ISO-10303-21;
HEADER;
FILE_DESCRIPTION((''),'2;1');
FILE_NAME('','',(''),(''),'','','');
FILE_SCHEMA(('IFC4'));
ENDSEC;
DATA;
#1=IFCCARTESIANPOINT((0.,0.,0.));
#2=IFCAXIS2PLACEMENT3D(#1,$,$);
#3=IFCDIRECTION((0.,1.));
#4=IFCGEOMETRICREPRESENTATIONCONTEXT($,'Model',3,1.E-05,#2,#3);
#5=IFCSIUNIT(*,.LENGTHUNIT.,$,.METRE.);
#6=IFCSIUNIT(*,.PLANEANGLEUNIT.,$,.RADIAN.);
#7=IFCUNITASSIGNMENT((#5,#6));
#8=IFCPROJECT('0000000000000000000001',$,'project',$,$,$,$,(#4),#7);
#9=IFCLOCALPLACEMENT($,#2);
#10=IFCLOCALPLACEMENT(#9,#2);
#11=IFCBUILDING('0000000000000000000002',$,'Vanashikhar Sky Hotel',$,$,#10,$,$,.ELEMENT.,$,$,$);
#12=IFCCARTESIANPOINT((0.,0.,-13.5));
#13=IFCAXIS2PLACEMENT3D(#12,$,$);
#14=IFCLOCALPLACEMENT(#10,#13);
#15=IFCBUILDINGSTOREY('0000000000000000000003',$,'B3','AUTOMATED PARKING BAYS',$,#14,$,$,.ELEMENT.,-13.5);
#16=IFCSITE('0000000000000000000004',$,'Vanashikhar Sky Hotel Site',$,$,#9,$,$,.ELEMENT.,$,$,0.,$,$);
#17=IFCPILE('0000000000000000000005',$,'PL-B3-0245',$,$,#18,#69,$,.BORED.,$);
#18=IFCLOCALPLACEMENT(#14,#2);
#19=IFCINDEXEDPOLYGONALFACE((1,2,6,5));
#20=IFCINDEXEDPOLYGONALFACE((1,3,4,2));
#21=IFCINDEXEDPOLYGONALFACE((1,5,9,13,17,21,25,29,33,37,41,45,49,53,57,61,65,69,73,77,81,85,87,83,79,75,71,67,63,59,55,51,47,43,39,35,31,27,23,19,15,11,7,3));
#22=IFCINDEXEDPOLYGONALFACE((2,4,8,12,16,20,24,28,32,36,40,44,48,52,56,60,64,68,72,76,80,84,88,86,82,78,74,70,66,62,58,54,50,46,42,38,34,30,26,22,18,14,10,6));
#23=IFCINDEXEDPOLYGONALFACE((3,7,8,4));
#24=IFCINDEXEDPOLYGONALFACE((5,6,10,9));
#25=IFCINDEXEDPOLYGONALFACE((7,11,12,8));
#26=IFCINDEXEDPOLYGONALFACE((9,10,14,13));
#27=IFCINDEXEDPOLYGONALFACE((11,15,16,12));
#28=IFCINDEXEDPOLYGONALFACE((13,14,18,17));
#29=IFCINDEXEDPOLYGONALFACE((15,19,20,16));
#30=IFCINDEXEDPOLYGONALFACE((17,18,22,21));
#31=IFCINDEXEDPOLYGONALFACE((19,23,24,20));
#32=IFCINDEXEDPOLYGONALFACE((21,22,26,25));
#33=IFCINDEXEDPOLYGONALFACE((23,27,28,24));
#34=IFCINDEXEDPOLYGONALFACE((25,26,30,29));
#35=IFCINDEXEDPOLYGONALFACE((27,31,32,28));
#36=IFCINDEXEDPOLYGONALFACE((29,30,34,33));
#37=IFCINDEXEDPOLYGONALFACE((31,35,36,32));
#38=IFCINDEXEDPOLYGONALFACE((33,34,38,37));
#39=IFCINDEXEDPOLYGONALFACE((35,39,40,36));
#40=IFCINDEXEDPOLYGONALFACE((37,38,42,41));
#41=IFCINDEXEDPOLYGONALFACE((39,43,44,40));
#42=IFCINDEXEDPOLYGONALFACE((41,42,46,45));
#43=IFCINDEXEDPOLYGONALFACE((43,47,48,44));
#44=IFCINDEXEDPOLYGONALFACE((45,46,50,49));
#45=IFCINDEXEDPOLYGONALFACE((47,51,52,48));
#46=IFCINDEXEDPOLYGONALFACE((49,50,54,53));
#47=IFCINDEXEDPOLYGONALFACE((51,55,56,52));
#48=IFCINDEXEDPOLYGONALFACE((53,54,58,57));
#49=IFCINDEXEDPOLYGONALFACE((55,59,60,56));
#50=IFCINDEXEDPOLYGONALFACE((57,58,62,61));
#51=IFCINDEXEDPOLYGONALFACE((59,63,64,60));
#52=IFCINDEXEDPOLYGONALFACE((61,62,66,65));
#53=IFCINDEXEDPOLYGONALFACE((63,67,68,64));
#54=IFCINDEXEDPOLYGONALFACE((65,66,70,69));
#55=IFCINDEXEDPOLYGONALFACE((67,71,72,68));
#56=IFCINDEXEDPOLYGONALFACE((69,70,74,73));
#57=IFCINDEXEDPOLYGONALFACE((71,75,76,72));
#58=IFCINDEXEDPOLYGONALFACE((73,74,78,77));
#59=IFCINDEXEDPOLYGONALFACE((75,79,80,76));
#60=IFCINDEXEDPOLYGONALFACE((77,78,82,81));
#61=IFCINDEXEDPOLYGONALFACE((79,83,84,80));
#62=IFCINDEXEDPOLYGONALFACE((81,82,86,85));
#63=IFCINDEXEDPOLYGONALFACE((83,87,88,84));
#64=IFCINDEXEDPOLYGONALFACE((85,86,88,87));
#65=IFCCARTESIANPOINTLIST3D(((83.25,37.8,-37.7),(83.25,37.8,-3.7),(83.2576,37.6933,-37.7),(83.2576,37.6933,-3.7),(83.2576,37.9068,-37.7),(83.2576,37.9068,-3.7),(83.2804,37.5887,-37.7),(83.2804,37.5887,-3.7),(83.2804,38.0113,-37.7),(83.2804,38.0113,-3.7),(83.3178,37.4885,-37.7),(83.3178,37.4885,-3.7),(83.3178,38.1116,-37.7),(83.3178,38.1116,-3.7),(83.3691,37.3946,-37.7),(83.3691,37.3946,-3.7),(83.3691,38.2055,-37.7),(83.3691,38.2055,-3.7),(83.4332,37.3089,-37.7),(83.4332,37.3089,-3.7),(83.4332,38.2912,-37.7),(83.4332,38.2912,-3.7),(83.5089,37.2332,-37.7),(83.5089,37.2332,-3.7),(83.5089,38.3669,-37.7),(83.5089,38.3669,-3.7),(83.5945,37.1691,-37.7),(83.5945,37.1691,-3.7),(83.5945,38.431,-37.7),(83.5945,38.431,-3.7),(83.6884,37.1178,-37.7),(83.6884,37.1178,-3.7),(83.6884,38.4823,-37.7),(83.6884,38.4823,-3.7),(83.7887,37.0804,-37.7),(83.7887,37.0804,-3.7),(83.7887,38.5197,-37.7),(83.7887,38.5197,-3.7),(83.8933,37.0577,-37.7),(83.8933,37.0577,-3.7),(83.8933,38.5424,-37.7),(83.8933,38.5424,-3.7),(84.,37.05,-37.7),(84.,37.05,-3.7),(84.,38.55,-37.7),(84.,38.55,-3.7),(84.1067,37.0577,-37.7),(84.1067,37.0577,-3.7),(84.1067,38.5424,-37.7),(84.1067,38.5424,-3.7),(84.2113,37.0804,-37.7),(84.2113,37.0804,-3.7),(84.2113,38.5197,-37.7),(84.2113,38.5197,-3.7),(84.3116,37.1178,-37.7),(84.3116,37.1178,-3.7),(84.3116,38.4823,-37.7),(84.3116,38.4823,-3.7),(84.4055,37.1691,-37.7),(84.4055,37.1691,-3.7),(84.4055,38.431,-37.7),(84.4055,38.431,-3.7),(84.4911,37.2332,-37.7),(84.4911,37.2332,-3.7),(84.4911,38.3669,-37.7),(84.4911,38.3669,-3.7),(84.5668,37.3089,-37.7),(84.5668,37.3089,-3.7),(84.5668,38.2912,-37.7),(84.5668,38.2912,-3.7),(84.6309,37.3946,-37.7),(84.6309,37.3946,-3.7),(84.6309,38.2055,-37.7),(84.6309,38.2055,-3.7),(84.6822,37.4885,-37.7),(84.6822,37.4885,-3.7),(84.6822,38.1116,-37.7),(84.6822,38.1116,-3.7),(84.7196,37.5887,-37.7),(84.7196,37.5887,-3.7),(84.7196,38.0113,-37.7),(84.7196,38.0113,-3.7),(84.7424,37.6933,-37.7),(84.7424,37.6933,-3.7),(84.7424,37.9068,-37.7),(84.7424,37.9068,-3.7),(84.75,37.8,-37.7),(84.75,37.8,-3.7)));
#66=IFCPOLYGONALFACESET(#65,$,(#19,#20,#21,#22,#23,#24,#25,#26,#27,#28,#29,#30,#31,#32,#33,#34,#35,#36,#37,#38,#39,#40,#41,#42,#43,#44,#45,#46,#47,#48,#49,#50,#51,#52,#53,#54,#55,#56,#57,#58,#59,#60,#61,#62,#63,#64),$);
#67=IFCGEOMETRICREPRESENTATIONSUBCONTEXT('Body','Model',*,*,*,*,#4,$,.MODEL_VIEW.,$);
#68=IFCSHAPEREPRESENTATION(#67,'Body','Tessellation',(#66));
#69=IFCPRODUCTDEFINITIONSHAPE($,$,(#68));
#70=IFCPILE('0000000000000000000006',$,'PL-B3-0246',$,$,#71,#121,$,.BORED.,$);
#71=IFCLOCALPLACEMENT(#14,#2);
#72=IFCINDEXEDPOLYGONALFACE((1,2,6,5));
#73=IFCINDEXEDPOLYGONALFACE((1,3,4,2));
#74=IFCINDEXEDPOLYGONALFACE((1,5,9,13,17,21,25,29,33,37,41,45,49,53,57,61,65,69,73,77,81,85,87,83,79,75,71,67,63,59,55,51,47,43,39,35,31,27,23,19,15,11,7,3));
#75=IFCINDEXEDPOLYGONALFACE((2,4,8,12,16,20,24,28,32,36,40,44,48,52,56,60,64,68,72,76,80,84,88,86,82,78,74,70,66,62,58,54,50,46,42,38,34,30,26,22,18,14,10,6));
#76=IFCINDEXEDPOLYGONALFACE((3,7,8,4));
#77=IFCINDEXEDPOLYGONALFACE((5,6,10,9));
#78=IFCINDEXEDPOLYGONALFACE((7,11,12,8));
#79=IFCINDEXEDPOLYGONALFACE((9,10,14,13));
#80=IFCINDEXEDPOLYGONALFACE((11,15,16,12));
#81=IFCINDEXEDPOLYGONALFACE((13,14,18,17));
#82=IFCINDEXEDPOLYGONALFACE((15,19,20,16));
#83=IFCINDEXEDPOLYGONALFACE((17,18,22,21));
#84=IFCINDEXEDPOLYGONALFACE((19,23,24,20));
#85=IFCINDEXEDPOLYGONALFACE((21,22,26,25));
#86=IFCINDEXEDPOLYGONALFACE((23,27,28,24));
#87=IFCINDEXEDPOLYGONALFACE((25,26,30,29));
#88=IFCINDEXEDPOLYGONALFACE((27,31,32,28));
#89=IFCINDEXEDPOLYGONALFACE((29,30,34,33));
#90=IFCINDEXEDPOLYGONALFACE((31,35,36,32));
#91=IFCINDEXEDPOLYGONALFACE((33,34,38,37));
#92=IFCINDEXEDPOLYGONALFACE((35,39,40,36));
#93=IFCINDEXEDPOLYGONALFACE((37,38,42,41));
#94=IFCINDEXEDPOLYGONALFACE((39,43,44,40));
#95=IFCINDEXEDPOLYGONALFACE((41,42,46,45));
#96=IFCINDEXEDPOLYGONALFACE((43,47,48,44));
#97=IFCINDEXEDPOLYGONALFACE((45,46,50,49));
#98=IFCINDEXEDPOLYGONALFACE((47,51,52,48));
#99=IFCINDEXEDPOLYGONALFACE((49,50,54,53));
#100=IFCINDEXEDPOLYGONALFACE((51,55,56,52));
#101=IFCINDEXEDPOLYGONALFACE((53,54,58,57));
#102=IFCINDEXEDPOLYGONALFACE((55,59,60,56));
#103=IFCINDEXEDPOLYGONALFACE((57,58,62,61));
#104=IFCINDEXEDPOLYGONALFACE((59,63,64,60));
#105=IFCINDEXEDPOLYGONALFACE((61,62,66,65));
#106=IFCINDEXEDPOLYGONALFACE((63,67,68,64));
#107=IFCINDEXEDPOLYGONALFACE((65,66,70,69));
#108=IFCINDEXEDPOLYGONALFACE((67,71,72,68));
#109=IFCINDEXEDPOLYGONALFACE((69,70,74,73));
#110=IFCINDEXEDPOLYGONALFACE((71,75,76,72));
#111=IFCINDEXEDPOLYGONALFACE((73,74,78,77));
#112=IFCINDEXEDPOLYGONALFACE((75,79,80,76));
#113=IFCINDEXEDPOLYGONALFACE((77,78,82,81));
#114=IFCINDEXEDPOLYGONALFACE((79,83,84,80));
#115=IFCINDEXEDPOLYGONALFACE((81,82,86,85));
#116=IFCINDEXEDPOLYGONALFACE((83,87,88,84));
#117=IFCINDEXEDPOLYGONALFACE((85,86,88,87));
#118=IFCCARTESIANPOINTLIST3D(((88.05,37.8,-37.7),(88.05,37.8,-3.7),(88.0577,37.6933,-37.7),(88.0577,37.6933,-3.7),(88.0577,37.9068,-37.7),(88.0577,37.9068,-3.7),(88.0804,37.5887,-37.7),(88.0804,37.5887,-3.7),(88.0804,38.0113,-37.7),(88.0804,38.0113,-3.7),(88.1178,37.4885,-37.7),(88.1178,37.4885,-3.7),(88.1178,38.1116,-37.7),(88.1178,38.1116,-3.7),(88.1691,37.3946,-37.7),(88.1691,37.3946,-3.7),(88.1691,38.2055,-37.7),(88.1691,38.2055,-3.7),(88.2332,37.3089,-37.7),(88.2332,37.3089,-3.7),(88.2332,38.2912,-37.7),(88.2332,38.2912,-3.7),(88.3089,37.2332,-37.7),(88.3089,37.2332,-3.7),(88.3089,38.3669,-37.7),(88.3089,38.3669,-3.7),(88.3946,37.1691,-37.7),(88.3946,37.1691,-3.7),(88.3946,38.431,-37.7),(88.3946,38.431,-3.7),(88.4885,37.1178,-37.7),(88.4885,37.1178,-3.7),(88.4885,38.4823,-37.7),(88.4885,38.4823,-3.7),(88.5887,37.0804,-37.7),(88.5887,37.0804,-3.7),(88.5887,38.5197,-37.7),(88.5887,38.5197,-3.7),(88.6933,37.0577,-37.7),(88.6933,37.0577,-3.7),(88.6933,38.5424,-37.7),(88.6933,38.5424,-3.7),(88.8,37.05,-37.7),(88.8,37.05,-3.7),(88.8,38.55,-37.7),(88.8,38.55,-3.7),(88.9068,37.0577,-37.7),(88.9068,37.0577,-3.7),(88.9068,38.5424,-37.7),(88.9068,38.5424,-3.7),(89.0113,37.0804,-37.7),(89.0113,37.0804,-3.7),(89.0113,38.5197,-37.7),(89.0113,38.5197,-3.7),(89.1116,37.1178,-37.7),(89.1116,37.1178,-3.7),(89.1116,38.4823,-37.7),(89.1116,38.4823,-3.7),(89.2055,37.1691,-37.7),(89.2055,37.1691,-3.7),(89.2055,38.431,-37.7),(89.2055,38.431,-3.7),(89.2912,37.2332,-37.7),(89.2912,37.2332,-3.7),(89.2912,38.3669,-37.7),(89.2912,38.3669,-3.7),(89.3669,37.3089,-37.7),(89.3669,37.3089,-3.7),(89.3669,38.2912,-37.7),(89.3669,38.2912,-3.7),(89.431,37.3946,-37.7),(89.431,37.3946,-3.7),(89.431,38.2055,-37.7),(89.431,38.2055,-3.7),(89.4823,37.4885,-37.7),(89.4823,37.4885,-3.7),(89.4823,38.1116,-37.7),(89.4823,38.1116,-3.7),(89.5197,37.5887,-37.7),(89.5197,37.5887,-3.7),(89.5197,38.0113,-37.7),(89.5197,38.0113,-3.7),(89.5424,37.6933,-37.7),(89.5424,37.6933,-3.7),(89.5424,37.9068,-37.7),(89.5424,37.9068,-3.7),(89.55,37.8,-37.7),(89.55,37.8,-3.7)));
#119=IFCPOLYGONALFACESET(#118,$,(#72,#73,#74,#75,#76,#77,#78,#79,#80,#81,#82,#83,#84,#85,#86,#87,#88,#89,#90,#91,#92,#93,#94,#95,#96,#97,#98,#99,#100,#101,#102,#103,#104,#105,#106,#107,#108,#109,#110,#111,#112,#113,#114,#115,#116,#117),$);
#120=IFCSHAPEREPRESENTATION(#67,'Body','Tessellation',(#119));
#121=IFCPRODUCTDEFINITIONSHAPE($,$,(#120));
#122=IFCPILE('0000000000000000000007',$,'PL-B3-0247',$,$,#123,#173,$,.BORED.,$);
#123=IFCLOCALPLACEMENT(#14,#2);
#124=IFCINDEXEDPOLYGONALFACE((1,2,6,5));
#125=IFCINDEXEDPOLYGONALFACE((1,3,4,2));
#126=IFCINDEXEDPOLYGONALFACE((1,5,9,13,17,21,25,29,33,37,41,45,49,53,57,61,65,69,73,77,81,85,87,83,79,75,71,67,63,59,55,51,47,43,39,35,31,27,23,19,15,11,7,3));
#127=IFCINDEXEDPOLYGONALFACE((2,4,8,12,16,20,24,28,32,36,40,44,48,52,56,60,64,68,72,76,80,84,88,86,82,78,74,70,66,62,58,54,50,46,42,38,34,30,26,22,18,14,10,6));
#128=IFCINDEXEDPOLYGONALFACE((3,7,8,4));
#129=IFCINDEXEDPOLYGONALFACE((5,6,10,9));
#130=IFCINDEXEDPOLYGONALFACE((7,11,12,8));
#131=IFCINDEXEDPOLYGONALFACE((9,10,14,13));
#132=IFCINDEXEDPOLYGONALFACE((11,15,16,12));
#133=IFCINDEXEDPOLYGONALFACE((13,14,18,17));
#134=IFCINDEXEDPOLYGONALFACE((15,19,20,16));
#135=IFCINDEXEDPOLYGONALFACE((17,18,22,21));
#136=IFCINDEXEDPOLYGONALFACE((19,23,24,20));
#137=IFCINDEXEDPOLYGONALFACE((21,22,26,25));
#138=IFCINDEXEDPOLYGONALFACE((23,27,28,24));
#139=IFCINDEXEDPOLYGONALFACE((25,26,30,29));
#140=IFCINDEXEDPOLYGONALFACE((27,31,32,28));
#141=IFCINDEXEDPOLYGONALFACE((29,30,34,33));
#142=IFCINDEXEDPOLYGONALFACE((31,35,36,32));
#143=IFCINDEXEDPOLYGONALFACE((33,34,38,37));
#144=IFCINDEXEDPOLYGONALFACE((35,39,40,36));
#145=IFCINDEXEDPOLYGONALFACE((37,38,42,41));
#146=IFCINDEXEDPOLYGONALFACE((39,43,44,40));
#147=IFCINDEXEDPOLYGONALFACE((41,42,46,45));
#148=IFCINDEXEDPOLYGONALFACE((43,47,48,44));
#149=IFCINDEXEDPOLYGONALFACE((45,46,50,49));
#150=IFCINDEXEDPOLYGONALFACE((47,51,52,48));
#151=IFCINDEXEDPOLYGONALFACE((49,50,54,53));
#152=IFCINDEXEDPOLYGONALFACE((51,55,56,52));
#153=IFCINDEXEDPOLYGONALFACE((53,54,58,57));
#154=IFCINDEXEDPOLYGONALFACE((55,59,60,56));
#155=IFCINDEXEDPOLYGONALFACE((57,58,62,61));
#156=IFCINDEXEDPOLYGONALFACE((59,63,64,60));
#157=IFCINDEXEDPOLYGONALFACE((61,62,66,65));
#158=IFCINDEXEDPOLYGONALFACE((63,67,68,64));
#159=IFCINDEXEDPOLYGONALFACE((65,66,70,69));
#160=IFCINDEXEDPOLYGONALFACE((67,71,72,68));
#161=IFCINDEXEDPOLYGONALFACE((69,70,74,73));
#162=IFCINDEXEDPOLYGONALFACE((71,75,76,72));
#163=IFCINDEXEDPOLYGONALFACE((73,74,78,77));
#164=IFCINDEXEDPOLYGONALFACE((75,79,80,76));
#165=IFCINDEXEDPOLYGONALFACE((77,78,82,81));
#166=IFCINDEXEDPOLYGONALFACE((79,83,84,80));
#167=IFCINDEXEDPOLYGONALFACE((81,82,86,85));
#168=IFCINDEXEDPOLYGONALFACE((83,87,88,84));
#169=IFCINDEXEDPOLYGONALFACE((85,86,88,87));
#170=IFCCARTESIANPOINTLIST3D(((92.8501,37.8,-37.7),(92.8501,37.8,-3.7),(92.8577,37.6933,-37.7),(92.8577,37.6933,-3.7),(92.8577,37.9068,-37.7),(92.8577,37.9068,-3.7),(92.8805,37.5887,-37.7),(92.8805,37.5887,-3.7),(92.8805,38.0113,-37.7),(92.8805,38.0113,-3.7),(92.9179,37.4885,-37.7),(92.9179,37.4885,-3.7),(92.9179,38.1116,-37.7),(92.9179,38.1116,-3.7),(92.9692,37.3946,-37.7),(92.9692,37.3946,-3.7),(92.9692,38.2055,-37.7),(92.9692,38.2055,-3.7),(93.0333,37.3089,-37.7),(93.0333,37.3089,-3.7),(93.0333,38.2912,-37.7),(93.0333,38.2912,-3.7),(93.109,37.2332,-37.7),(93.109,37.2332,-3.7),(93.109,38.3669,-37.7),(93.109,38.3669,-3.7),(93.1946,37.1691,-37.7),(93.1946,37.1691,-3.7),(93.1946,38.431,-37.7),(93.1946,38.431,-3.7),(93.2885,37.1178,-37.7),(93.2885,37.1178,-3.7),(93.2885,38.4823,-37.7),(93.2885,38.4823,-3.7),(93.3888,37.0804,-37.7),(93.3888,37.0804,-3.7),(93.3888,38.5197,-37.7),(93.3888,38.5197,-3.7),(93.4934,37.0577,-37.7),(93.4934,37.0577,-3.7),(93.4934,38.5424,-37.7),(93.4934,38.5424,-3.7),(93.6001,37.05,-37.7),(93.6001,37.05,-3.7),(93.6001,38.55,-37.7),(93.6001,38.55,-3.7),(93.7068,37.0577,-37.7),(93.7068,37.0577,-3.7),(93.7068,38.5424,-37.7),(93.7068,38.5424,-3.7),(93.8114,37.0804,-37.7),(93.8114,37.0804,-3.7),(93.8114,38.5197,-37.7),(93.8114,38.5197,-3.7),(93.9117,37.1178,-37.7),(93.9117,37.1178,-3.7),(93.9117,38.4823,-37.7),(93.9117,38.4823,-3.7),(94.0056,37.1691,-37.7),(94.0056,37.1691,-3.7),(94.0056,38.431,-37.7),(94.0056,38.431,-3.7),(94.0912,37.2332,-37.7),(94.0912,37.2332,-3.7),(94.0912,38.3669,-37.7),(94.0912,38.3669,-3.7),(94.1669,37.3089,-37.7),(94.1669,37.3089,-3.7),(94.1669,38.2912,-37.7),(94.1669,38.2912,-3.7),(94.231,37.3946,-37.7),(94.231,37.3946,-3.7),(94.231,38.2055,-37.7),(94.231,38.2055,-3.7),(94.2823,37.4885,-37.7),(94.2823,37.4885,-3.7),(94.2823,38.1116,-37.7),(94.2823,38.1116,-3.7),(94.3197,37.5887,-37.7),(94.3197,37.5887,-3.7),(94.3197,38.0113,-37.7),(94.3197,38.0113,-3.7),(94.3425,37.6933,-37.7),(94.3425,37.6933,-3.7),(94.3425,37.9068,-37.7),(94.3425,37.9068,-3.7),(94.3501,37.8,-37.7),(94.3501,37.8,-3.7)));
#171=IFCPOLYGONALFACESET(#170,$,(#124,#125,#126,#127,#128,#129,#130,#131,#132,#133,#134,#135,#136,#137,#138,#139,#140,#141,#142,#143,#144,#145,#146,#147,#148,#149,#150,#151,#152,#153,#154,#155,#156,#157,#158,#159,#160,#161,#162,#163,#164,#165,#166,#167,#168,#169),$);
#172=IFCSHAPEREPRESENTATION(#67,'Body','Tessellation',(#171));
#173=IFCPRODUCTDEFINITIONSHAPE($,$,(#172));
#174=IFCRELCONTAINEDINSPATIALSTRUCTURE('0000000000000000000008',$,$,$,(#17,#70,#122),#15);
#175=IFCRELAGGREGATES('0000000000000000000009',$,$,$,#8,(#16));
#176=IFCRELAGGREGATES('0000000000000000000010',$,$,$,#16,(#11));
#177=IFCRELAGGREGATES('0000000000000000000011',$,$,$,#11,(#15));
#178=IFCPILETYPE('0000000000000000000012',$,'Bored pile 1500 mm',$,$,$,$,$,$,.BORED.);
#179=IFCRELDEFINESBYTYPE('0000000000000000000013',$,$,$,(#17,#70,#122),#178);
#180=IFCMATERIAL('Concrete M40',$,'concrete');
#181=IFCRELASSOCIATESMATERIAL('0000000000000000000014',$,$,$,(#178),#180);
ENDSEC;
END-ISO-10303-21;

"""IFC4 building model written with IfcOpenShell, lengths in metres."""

from ifc_helpers import new_model, si_unit, direction, frame, origin, origin_2d, place, context, subcontext, project, spatial, circle, extrude, source, transform, mapped, material, type_object, element, save


model = new_model("IFC4")

# Units and contexts
model_context = context("Model", 3, precision=1e-05, world=origin(), true_north=direction((0.0, 1.0)))
body_context = subcontext(model_context, "Body", "Model", "MODEL_VIEW")
ifc_project = project(units=[si_unit("LENGTHUNIT", "METRE"), si_unit("PLANEANGLEUNIT", "RADIAN")], contexts=[model_context])

# Site, building, storey
site_placement = place(None, origin())
site = spatial("IfcSite", under=ifc_project, at=site_placement, Name="Vanashikhar Sky Hotel Site", CompositionType="ELEMENT", RefElevation=0.0)
building_placement = place(site_placement, origin())
building = spatial("IfcBuilding", under=site, at=building_placement, Name="Vanashikhar Sky Hotel", CompositionType="ELEMENT")
storey_placement = place(building_placement, frame((0.0, 0.0, -13.5)))
storey = spatial("IfcBuildingStorey", under=building, at=storey_placement, Name="B3", Description="AUTOMATED PARKING BAYS", CompositionType="ELEMENT", Elevation=-13.5)

# Piles
ifc_material_1 = material(Name="Concrete M40", Category="concrete")
pile_type_1 = type_object("IfcPileType", Name="Bored pile 1500 mm", PredefinedType="BORED", material=ifc_material_1)
shared_shape_1 = source(origin(), body_context, "Body", "SweptSolid", [
    extrude(circle(Radius=0.75, at=origin_2d()), origin(), (0.0, 0.0, 1.0), 34.0),
])
for number, where, z_axis, x_axis, name in (
    (1, (84.0, 37.8, -3.7), (0.0, 0.0, -1.0), (1.0, 0.0, 0.0), "PL-B3-0245"),
    (2, (88.8, 37.8, -3.7), (0.0, 0.0, -1.0), (1.0, 0.0, 0.0), "PL-B3-0246"),
    (3, (93.6001, 37.8, -3.7), (0.0, 0.0, -1.0), (1.0, 0.0, 0.0), "PL-B3-0247"),
):
    element("IfcPile", number, at=place(storey_placement, frame(where, z_axis=z_axis, x_axis=x_axis)), inside=storey, type_object=pile_type_1, Name=name, PredefinedType="BORED", context=body_context, shape_type="MappedRepresentation", body=[
        mapped(shared_shape_1, transform((0.0, 0.0, 0.0), scale=1.0)),
    ])

save(model, "model.ifc")
